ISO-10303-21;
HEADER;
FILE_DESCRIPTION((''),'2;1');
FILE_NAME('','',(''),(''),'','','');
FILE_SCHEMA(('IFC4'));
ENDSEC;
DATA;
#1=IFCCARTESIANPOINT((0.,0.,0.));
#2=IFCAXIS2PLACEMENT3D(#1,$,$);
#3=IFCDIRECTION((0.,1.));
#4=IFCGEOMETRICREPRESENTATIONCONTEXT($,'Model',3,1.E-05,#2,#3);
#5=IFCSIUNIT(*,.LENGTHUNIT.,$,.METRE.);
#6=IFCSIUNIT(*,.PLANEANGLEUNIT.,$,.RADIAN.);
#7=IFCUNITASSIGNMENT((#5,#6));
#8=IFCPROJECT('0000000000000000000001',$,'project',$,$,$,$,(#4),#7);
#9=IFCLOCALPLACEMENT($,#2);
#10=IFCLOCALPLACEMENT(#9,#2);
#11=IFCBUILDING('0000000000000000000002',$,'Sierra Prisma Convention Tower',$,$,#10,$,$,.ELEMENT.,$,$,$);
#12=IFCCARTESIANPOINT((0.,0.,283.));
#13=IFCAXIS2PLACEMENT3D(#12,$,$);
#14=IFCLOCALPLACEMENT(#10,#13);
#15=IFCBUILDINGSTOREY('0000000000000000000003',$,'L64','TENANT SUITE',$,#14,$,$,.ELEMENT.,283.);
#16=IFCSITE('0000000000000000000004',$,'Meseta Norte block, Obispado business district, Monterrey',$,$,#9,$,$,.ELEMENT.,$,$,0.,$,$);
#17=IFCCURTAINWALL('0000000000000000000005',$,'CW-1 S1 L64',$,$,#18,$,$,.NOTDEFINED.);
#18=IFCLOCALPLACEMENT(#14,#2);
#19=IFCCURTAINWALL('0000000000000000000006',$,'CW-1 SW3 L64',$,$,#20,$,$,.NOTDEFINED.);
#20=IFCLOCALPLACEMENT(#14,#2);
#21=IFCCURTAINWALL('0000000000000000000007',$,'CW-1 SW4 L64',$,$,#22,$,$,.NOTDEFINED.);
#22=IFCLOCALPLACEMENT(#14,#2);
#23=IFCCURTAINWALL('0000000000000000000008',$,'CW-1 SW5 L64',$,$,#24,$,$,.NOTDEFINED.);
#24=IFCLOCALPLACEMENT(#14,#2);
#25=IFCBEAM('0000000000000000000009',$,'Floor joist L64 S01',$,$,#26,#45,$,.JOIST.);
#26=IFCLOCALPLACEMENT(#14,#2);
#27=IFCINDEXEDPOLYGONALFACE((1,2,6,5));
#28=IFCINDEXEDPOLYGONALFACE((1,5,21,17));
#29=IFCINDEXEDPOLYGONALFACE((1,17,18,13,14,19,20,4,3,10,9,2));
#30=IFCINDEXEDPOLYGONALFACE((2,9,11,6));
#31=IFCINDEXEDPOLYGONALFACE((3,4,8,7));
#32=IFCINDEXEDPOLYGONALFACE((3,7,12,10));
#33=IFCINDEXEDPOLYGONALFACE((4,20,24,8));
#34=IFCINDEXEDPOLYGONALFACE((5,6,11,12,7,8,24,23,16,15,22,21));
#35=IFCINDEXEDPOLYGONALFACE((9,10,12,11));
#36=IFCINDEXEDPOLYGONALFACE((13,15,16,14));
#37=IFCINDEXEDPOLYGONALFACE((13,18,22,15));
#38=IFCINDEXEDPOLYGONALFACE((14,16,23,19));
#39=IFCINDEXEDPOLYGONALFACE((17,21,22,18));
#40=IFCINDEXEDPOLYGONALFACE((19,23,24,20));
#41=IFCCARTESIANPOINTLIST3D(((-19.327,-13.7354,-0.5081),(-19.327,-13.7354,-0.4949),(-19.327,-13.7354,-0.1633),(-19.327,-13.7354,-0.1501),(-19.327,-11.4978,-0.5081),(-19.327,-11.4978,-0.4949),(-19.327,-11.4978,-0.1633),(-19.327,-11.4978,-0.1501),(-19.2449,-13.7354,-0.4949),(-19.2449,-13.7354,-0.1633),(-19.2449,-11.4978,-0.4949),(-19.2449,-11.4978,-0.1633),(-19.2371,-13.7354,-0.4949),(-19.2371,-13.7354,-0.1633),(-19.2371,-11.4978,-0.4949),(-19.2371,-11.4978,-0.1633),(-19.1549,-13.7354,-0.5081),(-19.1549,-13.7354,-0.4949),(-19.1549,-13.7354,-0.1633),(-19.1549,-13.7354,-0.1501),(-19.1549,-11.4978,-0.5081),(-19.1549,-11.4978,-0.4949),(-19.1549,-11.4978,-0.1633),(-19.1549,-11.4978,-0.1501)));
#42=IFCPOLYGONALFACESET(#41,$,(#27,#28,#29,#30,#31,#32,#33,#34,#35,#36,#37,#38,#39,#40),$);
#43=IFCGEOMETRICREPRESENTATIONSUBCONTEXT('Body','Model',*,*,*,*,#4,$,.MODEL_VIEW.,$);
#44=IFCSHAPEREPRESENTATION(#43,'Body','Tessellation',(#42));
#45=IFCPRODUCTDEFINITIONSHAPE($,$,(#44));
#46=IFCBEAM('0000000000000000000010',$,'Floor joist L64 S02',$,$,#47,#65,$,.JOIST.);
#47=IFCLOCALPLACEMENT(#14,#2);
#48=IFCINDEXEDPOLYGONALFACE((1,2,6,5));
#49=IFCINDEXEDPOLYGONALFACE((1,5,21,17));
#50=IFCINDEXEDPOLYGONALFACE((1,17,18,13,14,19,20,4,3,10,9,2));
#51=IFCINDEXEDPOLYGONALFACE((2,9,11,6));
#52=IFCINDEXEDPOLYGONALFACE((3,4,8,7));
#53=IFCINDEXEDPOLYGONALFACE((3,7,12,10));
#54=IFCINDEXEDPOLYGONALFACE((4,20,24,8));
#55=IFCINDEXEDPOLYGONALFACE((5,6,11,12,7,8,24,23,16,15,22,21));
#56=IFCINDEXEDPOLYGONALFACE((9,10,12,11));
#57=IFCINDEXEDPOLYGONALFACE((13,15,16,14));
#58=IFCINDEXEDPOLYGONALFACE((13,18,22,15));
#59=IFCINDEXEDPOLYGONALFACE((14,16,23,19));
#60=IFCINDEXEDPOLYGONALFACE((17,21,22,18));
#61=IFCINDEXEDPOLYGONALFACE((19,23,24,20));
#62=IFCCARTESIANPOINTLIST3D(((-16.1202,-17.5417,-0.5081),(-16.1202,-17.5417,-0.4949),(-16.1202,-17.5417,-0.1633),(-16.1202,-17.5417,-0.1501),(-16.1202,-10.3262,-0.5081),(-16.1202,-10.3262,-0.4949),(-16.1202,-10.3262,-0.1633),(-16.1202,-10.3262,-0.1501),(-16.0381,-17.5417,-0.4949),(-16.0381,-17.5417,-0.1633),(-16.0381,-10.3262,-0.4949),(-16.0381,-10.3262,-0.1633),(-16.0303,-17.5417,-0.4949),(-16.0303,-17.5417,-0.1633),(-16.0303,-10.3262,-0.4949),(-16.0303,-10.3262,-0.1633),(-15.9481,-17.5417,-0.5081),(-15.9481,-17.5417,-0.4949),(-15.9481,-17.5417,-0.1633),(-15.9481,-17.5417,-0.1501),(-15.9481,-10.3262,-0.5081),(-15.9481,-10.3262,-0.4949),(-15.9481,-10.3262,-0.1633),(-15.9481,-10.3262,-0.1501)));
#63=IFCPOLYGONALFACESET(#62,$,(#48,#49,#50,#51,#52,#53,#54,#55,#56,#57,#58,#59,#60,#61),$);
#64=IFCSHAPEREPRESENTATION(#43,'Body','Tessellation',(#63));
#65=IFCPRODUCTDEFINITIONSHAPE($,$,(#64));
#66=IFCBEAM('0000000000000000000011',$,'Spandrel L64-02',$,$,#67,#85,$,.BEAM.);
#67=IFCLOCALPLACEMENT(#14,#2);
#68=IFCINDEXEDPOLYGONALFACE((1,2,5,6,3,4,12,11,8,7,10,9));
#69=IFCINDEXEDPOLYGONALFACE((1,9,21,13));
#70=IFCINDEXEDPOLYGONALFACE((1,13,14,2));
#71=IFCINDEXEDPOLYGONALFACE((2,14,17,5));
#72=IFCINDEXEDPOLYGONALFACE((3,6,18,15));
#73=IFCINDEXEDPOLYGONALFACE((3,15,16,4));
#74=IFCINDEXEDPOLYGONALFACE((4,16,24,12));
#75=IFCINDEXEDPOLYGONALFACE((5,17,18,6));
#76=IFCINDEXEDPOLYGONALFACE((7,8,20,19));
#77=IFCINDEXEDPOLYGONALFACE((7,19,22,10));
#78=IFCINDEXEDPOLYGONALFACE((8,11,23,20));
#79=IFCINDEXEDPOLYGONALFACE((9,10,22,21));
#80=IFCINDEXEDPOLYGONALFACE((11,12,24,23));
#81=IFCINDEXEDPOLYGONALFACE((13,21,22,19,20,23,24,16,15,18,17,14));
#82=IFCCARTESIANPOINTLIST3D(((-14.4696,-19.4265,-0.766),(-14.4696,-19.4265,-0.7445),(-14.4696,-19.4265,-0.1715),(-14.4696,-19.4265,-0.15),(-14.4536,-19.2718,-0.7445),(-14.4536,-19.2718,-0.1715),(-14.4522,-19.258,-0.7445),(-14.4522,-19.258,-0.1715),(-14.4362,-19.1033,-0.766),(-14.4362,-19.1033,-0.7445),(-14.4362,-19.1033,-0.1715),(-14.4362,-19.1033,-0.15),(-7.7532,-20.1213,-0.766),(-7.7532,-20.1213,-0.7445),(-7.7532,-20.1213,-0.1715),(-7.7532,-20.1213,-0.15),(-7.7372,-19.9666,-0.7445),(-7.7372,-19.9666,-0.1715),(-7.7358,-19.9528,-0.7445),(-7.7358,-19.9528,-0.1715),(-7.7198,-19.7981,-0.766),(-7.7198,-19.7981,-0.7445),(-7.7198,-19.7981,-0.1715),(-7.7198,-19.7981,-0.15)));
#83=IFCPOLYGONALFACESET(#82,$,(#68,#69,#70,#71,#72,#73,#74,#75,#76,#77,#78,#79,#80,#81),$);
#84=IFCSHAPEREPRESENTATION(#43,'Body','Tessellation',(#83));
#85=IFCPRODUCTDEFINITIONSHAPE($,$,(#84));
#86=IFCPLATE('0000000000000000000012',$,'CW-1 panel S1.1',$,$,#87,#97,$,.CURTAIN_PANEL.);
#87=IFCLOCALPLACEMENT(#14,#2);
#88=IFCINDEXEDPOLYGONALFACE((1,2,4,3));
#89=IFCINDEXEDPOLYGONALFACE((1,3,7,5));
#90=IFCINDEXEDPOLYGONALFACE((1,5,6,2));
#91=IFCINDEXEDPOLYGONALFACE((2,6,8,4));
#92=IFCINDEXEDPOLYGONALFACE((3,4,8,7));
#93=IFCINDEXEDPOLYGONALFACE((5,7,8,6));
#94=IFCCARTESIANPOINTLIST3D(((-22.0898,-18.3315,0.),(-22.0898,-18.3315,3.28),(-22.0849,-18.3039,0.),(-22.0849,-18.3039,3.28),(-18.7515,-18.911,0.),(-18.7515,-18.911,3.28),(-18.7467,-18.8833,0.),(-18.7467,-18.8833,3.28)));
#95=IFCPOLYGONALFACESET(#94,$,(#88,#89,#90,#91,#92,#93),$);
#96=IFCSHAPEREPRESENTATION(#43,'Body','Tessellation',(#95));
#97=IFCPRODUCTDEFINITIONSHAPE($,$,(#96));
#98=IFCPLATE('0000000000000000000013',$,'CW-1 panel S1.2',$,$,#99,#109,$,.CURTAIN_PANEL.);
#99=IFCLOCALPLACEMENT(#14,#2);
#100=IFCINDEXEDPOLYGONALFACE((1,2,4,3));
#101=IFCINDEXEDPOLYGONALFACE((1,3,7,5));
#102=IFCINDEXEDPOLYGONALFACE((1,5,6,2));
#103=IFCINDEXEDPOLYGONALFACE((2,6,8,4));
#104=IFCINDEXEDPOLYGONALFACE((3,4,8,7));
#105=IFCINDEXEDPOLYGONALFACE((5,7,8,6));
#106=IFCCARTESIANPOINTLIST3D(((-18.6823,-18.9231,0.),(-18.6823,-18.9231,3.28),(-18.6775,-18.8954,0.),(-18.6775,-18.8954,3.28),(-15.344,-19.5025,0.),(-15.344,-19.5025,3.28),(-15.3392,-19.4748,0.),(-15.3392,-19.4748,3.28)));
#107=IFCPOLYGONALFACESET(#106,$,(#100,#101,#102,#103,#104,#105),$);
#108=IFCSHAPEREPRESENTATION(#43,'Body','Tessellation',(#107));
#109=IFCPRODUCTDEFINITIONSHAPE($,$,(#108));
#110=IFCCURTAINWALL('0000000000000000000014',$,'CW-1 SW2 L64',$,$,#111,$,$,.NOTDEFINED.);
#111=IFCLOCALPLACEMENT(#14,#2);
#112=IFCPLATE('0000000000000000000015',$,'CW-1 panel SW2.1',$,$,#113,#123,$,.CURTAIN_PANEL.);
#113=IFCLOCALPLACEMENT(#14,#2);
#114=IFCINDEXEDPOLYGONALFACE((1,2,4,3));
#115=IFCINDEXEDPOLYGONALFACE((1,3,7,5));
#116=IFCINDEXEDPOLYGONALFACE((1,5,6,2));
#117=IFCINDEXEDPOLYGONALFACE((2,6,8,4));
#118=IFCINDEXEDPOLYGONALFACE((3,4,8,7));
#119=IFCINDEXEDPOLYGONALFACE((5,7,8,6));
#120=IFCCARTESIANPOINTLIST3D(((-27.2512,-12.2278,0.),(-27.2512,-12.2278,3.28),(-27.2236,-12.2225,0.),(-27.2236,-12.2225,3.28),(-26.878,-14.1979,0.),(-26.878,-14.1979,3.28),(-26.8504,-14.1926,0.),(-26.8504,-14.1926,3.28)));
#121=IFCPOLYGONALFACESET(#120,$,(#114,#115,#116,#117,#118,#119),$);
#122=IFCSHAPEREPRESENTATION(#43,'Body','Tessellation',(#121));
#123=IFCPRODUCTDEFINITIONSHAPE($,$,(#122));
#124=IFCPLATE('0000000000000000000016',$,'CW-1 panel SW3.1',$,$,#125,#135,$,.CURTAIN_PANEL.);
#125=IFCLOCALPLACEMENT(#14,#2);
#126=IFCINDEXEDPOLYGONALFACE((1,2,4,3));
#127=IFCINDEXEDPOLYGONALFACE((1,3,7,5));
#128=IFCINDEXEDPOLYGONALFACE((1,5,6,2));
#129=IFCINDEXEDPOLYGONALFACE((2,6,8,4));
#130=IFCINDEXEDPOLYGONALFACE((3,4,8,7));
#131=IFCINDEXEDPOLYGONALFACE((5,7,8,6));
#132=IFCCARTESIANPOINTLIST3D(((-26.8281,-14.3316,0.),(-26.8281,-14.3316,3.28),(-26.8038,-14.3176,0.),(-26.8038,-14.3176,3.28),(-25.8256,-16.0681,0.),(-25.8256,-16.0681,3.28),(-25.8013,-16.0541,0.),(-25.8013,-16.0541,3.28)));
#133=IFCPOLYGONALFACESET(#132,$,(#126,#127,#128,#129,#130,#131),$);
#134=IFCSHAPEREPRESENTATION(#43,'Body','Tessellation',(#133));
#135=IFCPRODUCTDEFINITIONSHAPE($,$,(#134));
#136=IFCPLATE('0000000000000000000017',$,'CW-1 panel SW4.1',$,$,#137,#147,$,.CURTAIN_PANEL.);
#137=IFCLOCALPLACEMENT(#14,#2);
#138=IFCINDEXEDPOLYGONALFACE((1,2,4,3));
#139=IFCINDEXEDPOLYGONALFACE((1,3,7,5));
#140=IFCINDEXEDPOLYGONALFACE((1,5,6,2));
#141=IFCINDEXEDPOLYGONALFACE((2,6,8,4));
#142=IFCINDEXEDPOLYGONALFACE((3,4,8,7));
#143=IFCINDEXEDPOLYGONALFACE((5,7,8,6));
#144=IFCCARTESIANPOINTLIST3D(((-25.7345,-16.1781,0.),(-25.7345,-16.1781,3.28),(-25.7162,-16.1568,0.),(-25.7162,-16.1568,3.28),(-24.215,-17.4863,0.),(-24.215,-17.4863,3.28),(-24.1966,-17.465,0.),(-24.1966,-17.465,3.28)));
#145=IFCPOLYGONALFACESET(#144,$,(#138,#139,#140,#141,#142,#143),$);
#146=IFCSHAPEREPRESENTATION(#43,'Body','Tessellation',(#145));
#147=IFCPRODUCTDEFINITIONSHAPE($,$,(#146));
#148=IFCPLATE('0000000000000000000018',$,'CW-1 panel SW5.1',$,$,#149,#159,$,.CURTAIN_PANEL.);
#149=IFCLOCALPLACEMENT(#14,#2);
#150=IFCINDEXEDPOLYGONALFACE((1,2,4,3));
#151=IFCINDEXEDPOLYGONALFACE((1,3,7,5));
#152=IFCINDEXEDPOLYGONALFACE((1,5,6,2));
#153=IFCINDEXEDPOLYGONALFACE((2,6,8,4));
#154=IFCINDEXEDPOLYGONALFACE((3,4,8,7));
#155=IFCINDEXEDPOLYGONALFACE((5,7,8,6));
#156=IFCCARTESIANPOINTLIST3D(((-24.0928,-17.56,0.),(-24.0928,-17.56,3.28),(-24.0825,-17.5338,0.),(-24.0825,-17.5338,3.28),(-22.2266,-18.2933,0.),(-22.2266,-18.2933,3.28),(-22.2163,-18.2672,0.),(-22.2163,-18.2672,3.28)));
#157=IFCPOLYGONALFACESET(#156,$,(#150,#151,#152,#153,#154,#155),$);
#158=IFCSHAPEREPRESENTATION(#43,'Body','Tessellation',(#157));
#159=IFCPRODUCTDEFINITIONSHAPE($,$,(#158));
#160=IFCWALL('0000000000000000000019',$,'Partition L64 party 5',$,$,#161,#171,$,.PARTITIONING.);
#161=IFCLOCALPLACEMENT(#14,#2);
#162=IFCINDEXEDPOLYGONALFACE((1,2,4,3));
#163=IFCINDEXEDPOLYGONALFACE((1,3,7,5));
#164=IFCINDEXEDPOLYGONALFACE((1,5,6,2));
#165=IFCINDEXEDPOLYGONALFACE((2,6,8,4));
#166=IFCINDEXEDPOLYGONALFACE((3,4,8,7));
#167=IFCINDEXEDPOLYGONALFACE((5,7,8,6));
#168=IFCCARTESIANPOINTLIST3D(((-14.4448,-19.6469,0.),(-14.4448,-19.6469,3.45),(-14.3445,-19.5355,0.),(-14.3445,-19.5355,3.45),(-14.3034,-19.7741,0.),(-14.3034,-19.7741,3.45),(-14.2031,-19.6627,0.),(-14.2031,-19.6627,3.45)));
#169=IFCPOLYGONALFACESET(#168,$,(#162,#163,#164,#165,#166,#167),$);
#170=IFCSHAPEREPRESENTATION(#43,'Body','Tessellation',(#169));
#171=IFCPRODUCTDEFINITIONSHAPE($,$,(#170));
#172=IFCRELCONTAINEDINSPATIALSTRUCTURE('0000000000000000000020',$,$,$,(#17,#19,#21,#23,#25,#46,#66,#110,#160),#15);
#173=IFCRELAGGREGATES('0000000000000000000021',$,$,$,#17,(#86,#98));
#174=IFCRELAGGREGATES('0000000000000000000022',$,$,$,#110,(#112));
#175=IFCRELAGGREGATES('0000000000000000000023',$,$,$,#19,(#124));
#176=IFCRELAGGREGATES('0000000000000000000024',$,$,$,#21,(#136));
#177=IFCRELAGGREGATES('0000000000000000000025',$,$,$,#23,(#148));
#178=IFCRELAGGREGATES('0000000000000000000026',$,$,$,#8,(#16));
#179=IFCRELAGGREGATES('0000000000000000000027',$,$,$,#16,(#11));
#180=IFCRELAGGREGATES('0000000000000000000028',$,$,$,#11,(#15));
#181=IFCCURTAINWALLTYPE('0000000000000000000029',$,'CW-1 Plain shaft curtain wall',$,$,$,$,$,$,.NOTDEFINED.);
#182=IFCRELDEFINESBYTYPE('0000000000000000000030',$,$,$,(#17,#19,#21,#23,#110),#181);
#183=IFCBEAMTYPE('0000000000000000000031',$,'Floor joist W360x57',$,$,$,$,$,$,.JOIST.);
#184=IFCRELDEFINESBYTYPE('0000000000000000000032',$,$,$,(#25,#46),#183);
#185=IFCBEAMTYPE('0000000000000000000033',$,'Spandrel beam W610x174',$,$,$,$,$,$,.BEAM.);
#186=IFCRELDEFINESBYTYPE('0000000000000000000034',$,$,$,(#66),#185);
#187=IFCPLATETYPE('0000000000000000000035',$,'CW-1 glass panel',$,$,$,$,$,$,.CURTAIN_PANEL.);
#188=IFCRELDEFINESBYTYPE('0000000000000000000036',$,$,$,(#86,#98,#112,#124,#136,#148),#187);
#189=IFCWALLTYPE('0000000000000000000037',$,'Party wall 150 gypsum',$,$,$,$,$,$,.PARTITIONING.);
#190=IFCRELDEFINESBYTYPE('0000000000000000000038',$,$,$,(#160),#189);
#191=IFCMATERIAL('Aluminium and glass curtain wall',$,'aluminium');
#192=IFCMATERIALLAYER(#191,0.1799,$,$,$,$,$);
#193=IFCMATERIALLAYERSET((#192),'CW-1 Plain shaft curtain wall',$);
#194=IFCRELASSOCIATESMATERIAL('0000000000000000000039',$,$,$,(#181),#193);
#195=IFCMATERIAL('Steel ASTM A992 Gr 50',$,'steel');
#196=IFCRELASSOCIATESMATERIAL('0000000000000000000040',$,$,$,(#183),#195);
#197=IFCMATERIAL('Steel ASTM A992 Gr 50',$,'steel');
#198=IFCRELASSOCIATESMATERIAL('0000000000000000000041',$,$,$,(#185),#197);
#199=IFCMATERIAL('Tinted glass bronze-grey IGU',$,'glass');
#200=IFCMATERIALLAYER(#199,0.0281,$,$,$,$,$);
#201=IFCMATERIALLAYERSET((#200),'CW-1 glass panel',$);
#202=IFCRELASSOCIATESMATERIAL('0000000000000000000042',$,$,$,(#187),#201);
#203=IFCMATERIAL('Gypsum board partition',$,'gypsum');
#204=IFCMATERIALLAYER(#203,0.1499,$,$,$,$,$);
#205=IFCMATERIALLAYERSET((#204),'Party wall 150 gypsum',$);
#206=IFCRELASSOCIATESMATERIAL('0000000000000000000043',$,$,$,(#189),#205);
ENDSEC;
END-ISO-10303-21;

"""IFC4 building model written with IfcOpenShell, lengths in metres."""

from ifc_helpers import new_model, si_unit, direction, frame, frame_2d, origin, origin_2d, place, context, subcontext, project, spatial, rectangle, i_section, extrude, material, layer, layer_set, material_profile, profile_set, type_object, element, aggregate, save


model = new_model("IFC4")

# Units and contexts
model_context = context("Model", 3, precision=1e-05, world=origin(), true_north=direction((0.0, 1.0)))
body_context = subcontext(model_context, "Body", "Model", "MODEL_VIEW")
ifc_project = project(units=[si_unit("LENGTHUNIT", "METRE"), si_unit("PLANEANGLEUNIT", "RADIAN")], contexts=[model_context])

# Site, building, storey
site_placement = place(None, origin())
site = spatial("IfcSite", under=ifc_project, at=site_placement, Name="Meseta Norte block, Obispado business district, Monterrey", CompositionType="ELEMENT", RefElevation=0.0)
building_placement = place(site_placement, origin())
building = spatial("IfcBuilding", under=site, at=building_placement, Name="Sierra Prisma Convention Tower", CompositionType="ELEMENT")
storey_placement = place(building_placement, frame((0.0, 0.0, 283.0)))
storey = spatial("IfcBuildingStorey", under=building, at=storey_placement, Name="L64", Description="TENANT SUITE", CompositionType="ELEMENT", Elevation=283.0)

# Curtain wall
ifc_material_1 = material(Name="Aluminium and glass curtain wall", Category="aluminium")
ifc_layer_1 = layer(ifc_material_1, 0.1799)
ifc_layer_set_1 = layer_set([ifc_layer_1], Name="CW-1 Plain shaft curtain wall")
curtain_wall_type = type_object("IfcCurtainWallType", Name="CW-1 Plain shaft curtain wall", PredefinedType="NOTDEFINED", material=ifc_layer_set_1)
curtain_wall_1_placement = place(storey_placement, origin())
curtain_wall_1 = element("IfcCurtainWall", 1, at=curtain_wall_1_placement, inside=storey, type_object=curtain_wall_type, Name="CW-1 S1 L64", PredefinedType="NOTDEFINED")

# Curtain walls
curtain_wall_2_placement = place(storey_placement, origin())
curtain_wall_2 = element("IfcCurtainWall", 2, at=curtain_wall_2_placement, inside=storey, type_object=curtain_wall_type, Name="CW-1 SW3 L64", PredefinedType="NOTDEFINED")
curtain_wall_3_placement = place(storey_placement, origin())
curtain_wall_3 = element("IfcCurtainWall", 3, at=curtain_wall_3_placement, inside=storey, type_object=curtain_wall_type, Name="CW-1 SW4 L64", PredefinedType="NOTDEFINED")
curtain_wall_4_placement = place(storey_placement, origin())
curtain_wall_4 = element("IfcCurtainWall", 4, at=curtain_wall_4_placement, inside=storey, type_object=curtain_wall_type, Name="CW-1 SW5 L64", PredefinedType="NOTDEFINED")

# Beams
ifc_material_2 = material(Name="Steel ASTM A992 Gr 50", Category="steel")
ifc_material_profile_1 = material_profile(ifc_material_2, i_section(OverallWidth=0.1721, OverallDepth=0.3579, WebThickness=0.0078, FlangeThickness=0.0132, at=origin_2d()), Name="W360x57")
ifc_profile_set_1 = profile_set([ifc_material_profile_1], Name="Steel ASTM A992 Gr 50")
beam_type_1 = type_object("IfcBeamType", Name="Floor joist W360x57", PredefinedType="JOIST", material=ifc_profile_set_1)
beam_1_placement = place(storey_placement, frame((-19.241, -13.7354, -0.3291), z_axis=(0.0, 1.0, 0.0), x_axis=(-1.0, 0.0, 0.0)))
element("IfcBeam", 5, at=beam_1_placement, inside=storey, type_object=beam_type_1, Name="Floor joist L64 S01", PredefinedType="JOIST", context=body_context, shape_type="SweptSolid", body=[
    extrude(i_section(OverallWidth=0.1721, OverallDepth=0.3579, WebThickness=0.0078, FlangeThickness=0.0132, at=origin_2d()), origin(), (0.0, 0.0, 1.0), 2.2375),
])
beam_2_placement = place(storey_placement, frame((-16.0342, -17.5417, -0.3291), z_axis=(0.0, 1.0, 0.0), x_axis=(-1.0, 0.0, 0.0)))
element("IfcBeam", 6, at=beam_2_placement, inside=storey, type_object=beam_type_1, Name="Floor joist L64 S02", PredefinedType="JOIST", context=body_context, shape_type="SweptSolid", body=[
    extrude(i_section(OverallWidth=0.1721, OverallDepth=0.3579, WebThickness=0.0078, FlangeThickness=0.0132, at=origin_2d()), origin(), (0.0, 0.0, 1.0), 7.2156),
])
ifc_material_3 = material(Name="Steel ASTM A992 Gr 50", Category="steel")
ifc_material_profile_2 = material_profile(ifc_material_3, i_section(OverallWidth=0.325, OverallDepth=0.616, WebThickness=0.0139, FlangeThickness=0.0215, at=origin_2d()), Name="W610x174")
ifc_profile_set_2 = profile_set([ifc_material_profile_2], Name="Steel ASTM A992 Gr 50")
beam_type_2 = type_object("IfcBeamType", Name="Spandrel beam W610x174", PredefinedType="BEAM", material=ifc_profile_set_2)
beam_3_placement = place(storey_placement, frame((-14.4529, -19.2649, -0.458), z_axis=(0.994691, -0.102904, 0.0), x_axis=(0.102904, 0.994691, 0.0)))
element("IfcBeam", 7, at=beam_3_placement, inside=storey, type_object=beam_type_2, Name="Spandrel L64-02", PredefinedType="BEAM", context=body_context, shape_type="SweptSolid", body=[
    extrude(i_section(OverallWidth=0.325, OverallDepth=0.616, WebThickness=0.0139, FlangeThickness=0.0215, at=origin_2d()), origin(), (0.0, 0.0, 1.0), 6.7522),
])

# Plates
ifc_material_4 = material(Name="Tinted glass bronze-grey IGU", Category="glass")
ifc_layer_2 = layer(ifc_material_4, 0.0281)
ifc_layer_set_2 = layer_set([ifc_layer_2], Name="CW-1 glass panel")
plate_type = type_object("IfcPlateType", Name="CW-1 glass panel", PredefinedType="CURTAIN_PANEL", material=ifc_layer_set_2)
plate_1_placement = place(storey_placement, frame((-20.4182, -18.6074, 0.0), z_axis=(0.0, 0.0, 1.0), x_axis=(0.985269, -0.171009, 0.0)))
plate_1 = element("IfcPlate", 8, at=plate_1_placement, type_object=plate_type, Name="CW-1 panel S1.1", PredefinedType="CURTAIN_PANEL", context=body_context, shape_type="SweptSolid", body=[
    extrude(rectangle(XDim=3.3882, YDim=0.0281, at=origin_2d()), origin(), (0.0, 0.0, 1.0), 3.28),
])
plate_2_placement = place(storey_placement, frame((-17.0107, -19.199, 0.0), z_axis=(0.0, 0.0, 1.0), x_axis=(0.985269, -0.171009, 0.0)))
plate_2 = element("IfcPlate", 9, at=plate_2_placement, type_object=plate_type, Name="CW-1 panel S1.2", PredefinedType="CURTAIN_PANEL", context=body_context, shape_type="SweptSolid", body=[
    extrude(rectangle(XDim=3.3882, YDim=0.0281, at=origin_2d()), origin(), (0.0, 0.0, 1.0), 3.28),
])
aggregate(curtain_wall_1, [plate_1, plate_2])

# Curtain wall, plate
curtain_wall_5_placement = place(storey_placement, origin())
curtain_wall_5 = element("IfcCurtainWall", 10, at=curtain_wall_5_placement, inside=storey, type_object=curtain_wall_type, Name="CW-1 SW2 L64", PredefinedType="NOTDEFINED")
plate_3_placement = place(storey_placement, frame((-27.0508, -13.2102, 0.0), z_axis=(0.0, 0.0, 1.0), x_axis=(0.186118, -0.982527, 0.0)))
plate_3 = element("IfcPlate", 11, at=plate_3_placement, type_object=plate_type, Name="CW-1 panel SW2.1", PredefinedType="CURTAIN_PANEL", context=body_context, shape_type="SweptSolid", body=[
    extrude(rectangle(XDim=2.0051, YDim=0.0281, at=origin_2d()), origin(), (0.0, 0.0, 1.0), 3.28),
])
aggregate(curtain_wall_5, [plate_3])

# Plates
plate_4_placement = place(storey_placement, frame((-26.3147, -15.1929, 0.0), z_axis=(0.0, 0.0, 1.0), x_axis=(0.5, -0.866025, 0.0)))
plate_4 = element("IfcPlate", 12, at=plate_4_placement, type_object=plate_type, Name="CW-1 panel SW3.1", PredefinedType="CURTAIN_PANEL", context=body_context, shape_type="SweptSolid", body=[
    extrude(rectangle(XDim=2.0051, YDim=0.0281, at=origin_2d()), origin(), (0.0, 0.0, 1.0), 3.28),
])
aggregate(curtain_wall_2, [plate_4])
plate_5_placement = place(storey_placement, frame((-24.9656, -16.8215, 0.0), z_axis=(0.0, 0.0, 1.0), x_axis=(0.757835, -0.652447, 0.0)))
plate_5 = element("IfcPlate", 13, at=plate_5_placement, type_object=plate_type, Name="CW-1 panel SW4.1", PredefinedType="CURTAIN_PANEL", context=body_context, shape_type="SweptSolid", body=[
    extrude(rectangle(XDim=2.0051, YDim=0.0281, at=origin_2d()), origin(), (0.0, 0.0, 1.0), 3.28),
])
aggregate(curtain_wall_3, [plate_5])
plate_6_placement = place(storey_placement, frame((-23.1545, -17.9136, 0.0), z_axis=(0.0, 0.0, 1.0), x_axis=(0.93072, -0.365732, 0.0)))
plate_6 = element("IfcPlate", 14, at=plate_6_placement, type_object=plate_type, Name="CW-1 panel SW5.1", PredefinedType="CURTAIN_PANEL", context=body_context, shape_type="SweptSolid", body=[
    extrude(rectangle(XDim=2.0051, YDim=0.0281, at=origin_2d()), origin(), (0.0, 0.0, 1.0), 3.28),
])
aggregate(curtain_wall_4, [plate_6])

# Wall
ifc_material_5 = material(Name="Gypsum board partition", Category="gypsum")
ifc_layer_3 = layer(ifc_material_5, 0.1499)
ifc_layer_set_3 = layer_set([ifc_layer_3], Name="Party wall 150 gypsum")
wall_type = type_object("IfcWallType", Name="Party wall 150 gypsum", PredefinedType="PARTITIONING", material=ifc_layer_set_3)
wall_placement = place(storey_placement, frame((-14.2532, -19.7185, 0.0), z_axis=(0.0, 0.0, 1.0), x_axis=(-0.743358, 0.668894, 0.0)))
element("IfcWall", 15, at=wall_placement, inside=storey, type_object=wall_type, Name="Partition L64 party 5", PredefinedType="PARTITIONING", context=body_context, shape_type="SweptSolid", body=[
    extrude(rectangle(XDim=0.1902, YDim=0.1499, at=frame_2d((0.0952, 0.0))), origin(), (0.0, 0.0, 1.0), 3.45),
])

save(model, "model.ifc")
